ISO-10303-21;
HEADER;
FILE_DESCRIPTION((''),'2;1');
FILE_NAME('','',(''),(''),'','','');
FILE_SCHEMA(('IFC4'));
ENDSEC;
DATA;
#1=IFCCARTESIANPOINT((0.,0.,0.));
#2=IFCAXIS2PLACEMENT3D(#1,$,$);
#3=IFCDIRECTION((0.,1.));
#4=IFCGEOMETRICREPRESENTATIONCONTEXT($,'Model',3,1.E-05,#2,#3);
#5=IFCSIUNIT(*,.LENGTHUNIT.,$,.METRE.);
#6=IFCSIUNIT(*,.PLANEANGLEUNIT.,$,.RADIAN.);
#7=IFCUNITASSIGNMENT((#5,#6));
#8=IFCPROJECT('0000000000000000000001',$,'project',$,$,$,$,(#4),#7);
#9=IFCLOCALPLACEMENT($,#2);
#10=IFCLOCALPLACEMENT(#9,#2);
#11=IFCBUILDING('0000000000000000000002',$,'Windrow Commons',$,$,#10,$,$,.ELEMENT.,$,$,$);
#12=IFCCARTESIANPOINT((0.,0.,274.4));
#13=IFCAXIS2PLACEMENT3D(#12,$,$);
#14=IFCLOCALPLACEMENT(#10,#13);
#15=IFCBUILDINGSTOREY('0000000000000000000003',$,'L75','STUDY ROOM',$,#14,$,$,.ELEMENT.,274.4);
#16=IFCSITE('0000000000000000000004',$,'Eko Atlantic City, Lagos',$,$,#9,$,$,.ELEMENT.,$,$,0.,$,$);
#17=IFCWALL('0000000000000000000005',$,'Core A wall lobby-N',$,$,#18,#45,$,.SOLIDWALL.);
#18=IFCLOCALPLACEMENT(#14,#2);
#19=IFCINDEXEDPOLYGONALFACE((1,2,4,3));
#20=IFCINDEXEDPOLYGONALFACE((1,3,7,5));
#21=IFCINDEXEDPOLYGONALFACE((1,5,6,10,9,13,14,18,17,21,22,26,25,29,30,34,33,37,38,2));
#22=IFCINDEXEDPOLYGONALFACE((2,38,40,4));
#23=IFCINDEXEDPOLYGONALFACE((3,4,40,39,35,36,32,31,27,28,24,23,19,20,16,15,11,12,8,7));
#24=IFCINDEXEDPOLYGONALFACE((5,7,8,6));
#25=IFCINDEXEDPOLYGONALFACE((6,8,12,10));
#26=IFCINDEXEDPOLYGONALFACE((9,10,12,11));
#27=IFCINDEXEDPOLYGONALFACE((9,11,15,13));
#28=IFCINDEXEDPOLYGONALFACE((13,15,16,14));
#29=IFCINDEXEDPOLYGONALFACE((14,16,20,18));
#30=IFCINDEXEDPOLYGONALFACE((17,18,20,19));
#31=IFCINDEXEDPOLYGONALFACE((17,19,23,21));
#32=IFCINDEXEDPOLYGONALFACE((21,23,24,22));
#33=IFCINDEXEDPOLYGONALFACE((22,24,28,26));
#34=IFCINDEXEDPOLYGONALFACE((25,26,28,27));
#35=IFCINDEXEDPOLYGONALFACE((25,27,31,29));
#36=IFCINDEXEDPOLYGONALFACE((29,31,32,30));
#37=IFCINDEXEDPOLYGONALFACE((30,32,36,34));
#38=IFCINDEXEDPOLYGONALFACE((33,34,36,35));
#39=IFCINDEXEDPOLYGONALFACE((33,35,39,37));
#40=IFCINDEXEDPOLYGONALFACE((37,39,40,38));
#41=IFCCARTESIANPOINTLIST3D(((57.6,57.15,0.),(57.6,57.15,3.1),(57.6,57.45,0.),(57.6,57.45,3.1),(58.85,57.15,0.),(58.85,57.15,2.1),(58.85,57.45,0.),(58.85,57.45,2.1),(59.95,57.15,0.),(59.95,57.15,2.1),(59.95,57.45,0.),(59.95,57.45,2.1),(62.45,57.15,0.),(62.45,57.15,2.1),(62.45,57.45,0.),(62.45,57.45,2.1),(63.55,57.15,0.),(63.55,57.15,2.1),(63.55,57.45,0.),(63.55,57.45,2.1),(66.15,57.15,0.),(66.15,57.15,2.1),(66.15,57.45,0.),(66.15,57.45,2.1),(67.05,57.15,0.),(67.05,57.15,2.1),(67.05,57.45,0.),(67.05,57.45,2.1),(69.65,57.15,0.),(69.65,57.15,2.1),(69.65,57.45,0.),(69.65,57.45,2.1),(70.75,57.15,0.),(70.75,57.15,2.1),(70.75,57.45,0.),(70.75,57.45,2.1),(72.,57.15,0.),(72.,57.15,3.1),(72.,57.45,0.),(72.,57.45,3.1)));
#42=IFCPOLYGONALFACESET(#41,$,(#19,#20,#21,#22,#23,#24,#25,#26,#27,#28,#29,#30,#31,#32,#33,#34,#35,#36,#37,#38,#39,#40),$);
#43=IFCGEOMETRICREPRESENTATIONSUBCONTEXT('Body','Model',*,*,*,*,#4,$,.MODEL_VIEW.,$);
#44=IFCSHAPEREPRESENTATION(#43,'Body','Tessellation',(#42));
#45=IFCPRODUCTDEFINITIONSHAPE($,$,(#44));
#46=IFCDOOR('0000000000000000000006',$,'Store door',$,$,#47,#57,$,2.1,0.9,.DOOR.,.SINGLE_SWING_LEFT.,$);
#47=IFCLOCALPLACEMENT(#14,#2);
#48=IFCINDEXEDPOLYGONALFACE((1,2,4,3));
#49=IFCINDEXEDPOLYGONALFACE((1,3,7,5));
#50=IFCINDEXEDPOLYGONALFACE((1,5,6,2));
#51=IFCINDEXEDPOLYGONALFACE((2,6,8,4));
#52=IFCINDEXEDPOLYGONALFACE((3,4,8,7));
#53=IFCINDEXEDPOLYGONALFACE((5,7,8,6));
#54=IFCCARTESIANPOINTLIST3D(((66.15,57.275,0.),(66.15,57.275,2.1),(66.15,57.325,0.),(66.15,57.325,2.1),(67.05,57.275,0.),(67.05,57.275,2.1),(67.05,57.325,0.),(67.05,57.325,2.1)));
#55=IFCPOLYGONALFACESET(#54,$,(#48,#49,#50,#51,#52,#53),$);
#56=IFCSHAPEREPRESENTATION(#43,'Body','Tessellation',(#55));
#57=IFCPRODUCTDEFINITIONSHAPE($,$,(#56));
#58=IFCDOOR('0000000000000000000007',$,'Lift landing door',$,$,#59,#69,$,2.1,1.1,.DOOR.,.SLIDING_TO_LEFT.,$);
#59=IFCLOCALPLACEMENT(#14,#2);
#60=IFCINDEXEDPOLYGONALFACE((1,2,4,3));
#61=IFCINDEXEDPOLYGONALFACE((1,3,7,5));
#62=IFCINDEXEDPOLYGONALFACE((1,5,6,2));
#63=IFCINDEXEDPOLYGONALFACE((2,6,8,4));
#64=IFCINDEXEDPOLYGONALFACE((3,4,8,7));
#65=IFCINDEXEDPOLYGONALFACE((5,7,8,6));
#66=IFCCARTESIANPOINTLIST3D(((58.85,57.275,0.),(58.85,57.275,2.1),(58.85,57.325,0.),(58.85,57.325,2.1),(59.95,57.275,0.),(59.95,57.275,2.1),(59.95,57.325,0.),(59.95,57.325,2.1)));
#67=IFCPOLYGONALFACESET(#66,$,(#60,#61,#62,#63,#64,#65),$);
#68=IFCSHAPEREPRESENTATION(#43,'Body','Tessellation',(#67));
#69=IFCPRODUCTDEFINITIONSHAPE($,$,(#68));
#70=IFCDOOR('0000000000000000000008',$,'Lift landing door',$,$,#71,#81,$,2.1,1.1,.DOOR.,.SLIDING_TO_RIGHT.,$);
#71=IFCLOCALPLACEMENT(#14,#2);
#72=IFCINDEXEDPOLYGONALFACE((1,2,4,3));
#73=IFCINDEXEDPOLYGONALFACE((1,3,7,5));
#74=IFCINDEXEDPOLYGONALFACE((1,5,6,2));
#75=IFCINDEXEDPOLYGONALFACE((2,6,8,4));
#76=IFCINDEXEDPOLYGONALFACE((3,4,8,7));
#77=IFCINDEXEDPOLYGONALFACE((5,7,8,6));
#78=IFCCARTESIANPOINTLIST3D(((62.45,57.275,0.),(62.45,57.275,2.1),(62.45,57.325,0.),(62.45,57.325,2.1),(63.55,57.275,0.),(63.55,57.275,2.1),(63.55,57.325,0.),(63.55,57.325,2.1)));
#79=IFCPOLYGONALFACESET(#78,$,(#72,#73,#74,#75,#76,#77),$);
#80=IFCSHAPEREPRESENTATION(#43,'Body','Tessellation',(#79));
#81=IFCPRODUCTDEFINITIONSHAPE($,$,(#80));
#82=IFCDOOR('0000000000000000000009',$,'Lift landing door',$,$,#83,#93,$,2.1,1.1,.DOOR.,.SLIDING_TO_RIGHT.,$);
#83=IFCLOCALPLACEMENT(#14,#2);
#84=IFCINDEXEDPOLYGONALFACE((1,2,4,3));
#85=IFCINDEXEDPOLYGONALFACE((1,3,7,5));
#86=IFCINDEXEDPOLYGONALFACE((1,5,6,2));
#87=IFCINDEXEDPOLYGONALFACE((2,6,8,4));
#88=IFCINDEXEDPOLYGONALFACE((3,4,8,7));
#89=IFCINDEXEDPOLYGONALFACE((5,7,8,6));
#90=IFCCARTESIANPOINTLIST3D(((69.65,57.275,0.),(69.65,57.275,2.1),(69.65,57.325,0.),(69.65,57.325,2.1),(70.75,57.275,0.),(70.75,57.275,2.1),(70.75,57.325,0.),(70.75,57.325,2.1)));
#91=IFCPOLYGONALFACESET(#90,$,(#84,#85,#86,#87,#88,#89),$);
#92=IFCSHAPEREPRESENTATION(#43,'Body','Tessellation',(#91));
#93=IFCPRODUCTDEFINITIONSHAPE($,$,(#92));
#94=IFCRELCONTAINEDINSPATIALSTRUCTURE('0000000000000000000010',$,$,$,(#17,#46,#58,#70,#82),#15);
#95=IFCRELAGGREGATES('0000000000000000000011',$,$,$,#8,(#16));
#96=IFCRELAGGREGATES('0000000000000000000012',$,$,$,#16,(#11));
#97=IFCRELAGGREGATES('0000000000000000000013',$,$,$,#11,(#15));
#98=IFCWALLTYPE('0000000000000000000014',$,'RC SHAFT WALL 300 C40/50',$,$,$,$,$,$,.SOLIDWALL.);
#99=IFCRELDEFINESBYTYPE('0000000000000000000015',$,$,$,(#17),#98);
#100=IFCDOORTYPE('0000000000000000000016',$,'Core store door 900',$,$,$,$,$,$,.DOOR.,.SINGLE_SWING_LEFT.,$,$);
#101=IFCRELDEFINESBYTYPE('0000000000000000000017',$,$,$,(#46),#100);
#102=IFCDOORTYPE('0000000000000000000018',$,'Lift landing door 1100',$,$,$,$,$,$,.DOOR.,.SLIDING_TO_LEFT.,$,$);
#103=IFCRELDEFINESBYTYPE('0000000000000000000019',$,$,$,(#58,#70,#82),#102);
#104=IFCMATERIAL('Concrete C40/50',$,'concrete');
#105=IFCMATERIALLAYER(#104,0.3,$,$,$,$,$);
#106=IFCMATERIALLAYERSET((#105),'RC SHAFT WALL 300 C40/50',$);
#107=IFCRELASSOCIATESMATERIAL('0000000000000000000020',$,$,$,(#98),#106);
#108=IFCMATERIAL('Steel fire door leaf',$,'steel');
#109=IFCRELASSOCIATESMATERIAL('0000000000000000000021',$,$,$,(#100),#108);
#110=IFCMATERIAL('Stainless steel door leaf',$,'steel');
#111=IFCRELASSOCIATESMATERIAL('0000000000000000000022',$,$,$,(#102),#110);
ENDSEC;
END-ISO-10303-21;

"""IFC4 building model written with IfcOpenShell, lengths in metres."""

from ifc_helpers import new_model, si_unit, direction, frame, frame_2d, origin, place, context, subcontext, project, spatial, rectangle, extrude, material, layer, layer_set, type_object, element, fill, save


model = new_model("IFC4")

# Units and contexts
model_context = context("Model", 3, precision=1e-05, world=origin(), true_north=direction((0.0, 1.0)))
body_context = subcontext(model_context, "Body", "Model", "MODEL_VIEW")
ifc_project = project(units=[si_unit("LENGTHUNIT", "METRE"), si_unit("PLANEANGLEUNIT", "RADIAN")], contexts=[model_context])

# Site, building, storey
site_placement = place(None, origin())
site = spatial("IfcSite", under=ifc_project, at=site_placement, Name="Eko Atlantic City, Lagos", CompositionType="ELEMENT", RefElevation=0.0)
building_placement = place(site_placement, origin())
building = spatial("IfcBuilding", under=site, at=building_placement, Name="Windrow Commons", CompositionType="ELEMENT")
storey_placement = place(building_placement, frame((0.0, 0.0, 274.4)))
storey = spatial("IfcBuildingStorey", under=building, at=storey_placement, Name="L75", Description="STUDY ROOM", CompositionType="ELEMENT", Elevation=274.4)

# Wall, openings, doors
ifc_material_1 = material(Name="Concrete C40/50", Category="concrete")
ifc_layer_1 = layer(ifc_material_1, 0.3)
ifc_layer_set_1 = layer_set([ifc_layer_1], Name="RC SHAFT WALL 300 C40/50")
wall_type_1 = type_object("IfcWallType", Name="RC SHAFT WALL 300 C40/50", PredefinedType="SOLIDWALL", material=ifc_layer_set_1)
ifc_material_2 = material(Name="Steel fire door leaf", Category="steel")
door_type_1 = type_object("IfcDoorType", Name="Core store door 900", OperationType="SINGLE_SWING_LEFT", PredefinedType="DOOR", material=ifc_material_2)
ifc_material_3 = material(Name="Stainless steel door leaf", Category="steel")
door_type_2 = type_object("IfcDoorType", Name="Lift landing door 1100", OperationType="SLIDING_TO_LEFT", PredefinedType="DOOR", material=ifc_material_3)
wall_1_placement = place(storey_placement, frame((57.6, 57.3, 0.0), z_axis=(0.0, 0.0, 1.0), x_axis=(1.0, 0.0, 0.0)))
wall_1 = element("IfcWall", 1, at=wall_1_placement, inside=storey, type_object=wall_type_1, Name="Core A wall lobby-N", PredefinedType="SOLIDWALL", context=body_context, shape_type="SweptSolid", body=[
    extrude(rectangle(XDim=14.4, YDim=0.3, at=frame_2d((7.2, 0.0))), origin(), (0.0, 0.0, 1.0), 3.1),
])
opening_1_placement = place(wall_1_placement, frame((8.55, 0.0, 0.0)))
opening_1 = element("IfcOpeningElement", 2, at=opening_1_placement, cuts=wall_1, PredefinedType="OPENING", context=body_context, shape_type="SweptSolid", body=[
    extrude(rectangle(XDim=0.9, YDim=2.1, at=frame_2d((0.45, 1.05))), frame((0.0, 0.16, 0.0), z_axis=(0.0, -1.0, 0.0), x_axis=(1.0, 0.0, 0.0)), (0.0, 0.0, 1.0), 0.32),
])
opening_2_placement = place(wall_1_placement, frame((1.25, 0.0, 0.0)))
opening_2 = element("IfcOpeningElement", 3, at=opening_2_placement, cuts=wall_1, PredefinedType="OPENING", context=body_context, shape_type="SweptSolid", body=[
    extrude(rectangle(XDim=1.1, YDim=2.1, at=frame_2d((0.55, 1.05))), frame((0.0, 0.16, 0.0), z_axis=(0.0, -1.0, 0.0), x_axis=(1.0, 0.0, 0.0)), (0.0, 0.0, 1.0), 0.32),
])
opening_3_placement = place(wall_1_placement, frame((4.85, 0.0, 0.0)))
opening_3 = element("IfcOpeningElement", 4, at=opening_3_placement, cuts=wall_1, PredefinedType="OPENING", context=body_context, shape_type="SweptSolid", body=[
    extrude(rectangle(XDim=1.1, YDim=2.1, at=frame_2d((0.55, 1.05))), frame((0.0, 0.16, 0.0), z_axis=(0.0, -1.0, 0.0), x_axis=(1.0, 0.0, 0.0)), (0.0, 0.0, 1.0), 0.32),
])
opening_4_placement = place(wall_1_placement, frame((12.05, 0.0, 0.0)))
opening_4 = element("IfcOpeningElement", 5, at=opening_4_placement, cuts=wall_1, PredefinedType="OPENING", context=body_context, shape_type="SweptSolid", body=[
    extrude(rectangle(XDim=1.1, YDim=2.1, at=frame_2d((0.55, 1.05))), frame((0.0, 0.16, 0.0), z_axis=(0.0, -1.0, 0.0), x_axis=(1.0, 0.0, 0.0)), (0.0, 0.0, 1.0), 0.32),
])
door_1_placement = place(opening_1_placement, origin())
door_1 = element("IfcDoor", 6, at=door_1_placement, inside=storey, type_object=door_type_1, Name="Store door", OperationType="SINGLE_SWING_LEFT", OverallHeight=2.1, OverallWidth=0.9, PredefinedType="DOOR", context=body_context, shape_type="SweptSolid", body=[
    extrude(rectangle(XDim=0.9, YDim=2.1, at=frame_2d((0.45, 1.05))), frame((0.0, 0.025, 0.0), z_axis=(0.0, -1.0, 0.0), x_axis=(1.0, 0.0, 0.0)), (0.0, 0.0, 1.0), 0.05),
])
fill(opening_1, door_1)
door_2_placement = place(opening_2_placement, origin())
door_2 = element("IfcDoor", 7, at=door_2_placement, inside=storey, type_object=door_type_2, Name="Lift landing door", OperationType="SLIDING_TO_LEFT", OverallHeight=2.1, OverallWidth=1.1, PredefinedType="DOOR", context=body_context, shape_type="SweptSolid", body=[
    extrude(rectangle(XDim=1.1, YDim=2.1, at=frame_2d((0.55, 1.05))), frame((0.0, 0.025, 0.0), z_axis=(0.0, -1.0, 0.0), x_axis=(1.0, 0.0, 0.0)), (0.0, 0.0, 1.0), 0.05),
])
fill(opening_2, door_2)
door_3_placement = place(opening_3_placement, origin())
door_3 = element("IfcDoor", 8, at=door_3_placement, inside=storey, type_object=door_type_2, Name="Lift landing door", OperationType="SLIDING_TO_RIGHT", OverallHeight=2.1, OverallWidth=1.1, PredefinedType="DOOR", context=body_context, shape_type="SweptSolid", body=[
    extrude(rectangle(XDim=1.1, YDim=2.1, at=frame_2d((0.55, 1.05))), frame((0.0, 0.025, 0.0), z_axis=(0.0, -1.0, 0.0), x_axis=(1.0, 0.0, 0.0)), (0.0, 0.0, 1.0), 0.05),
])
fill(opening_3, door_3)
door_4_placement = place(opening_4_placement, origin())
door_4 = element("IfcDoor", 9, at=door_4_placement, inside=storey, type_object=door_type_2, Name="Lift landing door", OperationType="SLIDING_TO_RIGHT", OverallHeight=2.1, OverallWidth=1.1, PredefinedType="DOOR", context=body_context, shape_type="SweptSolid", body=[
    extrude(rectangle(XDim=1.1, YDim=2.1, at=frame_2d((0.55, 1.05))), frame((0.0, 0.025, 0.0), z_axis=(0.0, -1.0, 0.0), x_axis=(1.0, 0.0, 0.0)), (0.0, 0.0, 1.0), 0.05),
])
fill(opening_4, door_4)

save(model, "model.ifc")
